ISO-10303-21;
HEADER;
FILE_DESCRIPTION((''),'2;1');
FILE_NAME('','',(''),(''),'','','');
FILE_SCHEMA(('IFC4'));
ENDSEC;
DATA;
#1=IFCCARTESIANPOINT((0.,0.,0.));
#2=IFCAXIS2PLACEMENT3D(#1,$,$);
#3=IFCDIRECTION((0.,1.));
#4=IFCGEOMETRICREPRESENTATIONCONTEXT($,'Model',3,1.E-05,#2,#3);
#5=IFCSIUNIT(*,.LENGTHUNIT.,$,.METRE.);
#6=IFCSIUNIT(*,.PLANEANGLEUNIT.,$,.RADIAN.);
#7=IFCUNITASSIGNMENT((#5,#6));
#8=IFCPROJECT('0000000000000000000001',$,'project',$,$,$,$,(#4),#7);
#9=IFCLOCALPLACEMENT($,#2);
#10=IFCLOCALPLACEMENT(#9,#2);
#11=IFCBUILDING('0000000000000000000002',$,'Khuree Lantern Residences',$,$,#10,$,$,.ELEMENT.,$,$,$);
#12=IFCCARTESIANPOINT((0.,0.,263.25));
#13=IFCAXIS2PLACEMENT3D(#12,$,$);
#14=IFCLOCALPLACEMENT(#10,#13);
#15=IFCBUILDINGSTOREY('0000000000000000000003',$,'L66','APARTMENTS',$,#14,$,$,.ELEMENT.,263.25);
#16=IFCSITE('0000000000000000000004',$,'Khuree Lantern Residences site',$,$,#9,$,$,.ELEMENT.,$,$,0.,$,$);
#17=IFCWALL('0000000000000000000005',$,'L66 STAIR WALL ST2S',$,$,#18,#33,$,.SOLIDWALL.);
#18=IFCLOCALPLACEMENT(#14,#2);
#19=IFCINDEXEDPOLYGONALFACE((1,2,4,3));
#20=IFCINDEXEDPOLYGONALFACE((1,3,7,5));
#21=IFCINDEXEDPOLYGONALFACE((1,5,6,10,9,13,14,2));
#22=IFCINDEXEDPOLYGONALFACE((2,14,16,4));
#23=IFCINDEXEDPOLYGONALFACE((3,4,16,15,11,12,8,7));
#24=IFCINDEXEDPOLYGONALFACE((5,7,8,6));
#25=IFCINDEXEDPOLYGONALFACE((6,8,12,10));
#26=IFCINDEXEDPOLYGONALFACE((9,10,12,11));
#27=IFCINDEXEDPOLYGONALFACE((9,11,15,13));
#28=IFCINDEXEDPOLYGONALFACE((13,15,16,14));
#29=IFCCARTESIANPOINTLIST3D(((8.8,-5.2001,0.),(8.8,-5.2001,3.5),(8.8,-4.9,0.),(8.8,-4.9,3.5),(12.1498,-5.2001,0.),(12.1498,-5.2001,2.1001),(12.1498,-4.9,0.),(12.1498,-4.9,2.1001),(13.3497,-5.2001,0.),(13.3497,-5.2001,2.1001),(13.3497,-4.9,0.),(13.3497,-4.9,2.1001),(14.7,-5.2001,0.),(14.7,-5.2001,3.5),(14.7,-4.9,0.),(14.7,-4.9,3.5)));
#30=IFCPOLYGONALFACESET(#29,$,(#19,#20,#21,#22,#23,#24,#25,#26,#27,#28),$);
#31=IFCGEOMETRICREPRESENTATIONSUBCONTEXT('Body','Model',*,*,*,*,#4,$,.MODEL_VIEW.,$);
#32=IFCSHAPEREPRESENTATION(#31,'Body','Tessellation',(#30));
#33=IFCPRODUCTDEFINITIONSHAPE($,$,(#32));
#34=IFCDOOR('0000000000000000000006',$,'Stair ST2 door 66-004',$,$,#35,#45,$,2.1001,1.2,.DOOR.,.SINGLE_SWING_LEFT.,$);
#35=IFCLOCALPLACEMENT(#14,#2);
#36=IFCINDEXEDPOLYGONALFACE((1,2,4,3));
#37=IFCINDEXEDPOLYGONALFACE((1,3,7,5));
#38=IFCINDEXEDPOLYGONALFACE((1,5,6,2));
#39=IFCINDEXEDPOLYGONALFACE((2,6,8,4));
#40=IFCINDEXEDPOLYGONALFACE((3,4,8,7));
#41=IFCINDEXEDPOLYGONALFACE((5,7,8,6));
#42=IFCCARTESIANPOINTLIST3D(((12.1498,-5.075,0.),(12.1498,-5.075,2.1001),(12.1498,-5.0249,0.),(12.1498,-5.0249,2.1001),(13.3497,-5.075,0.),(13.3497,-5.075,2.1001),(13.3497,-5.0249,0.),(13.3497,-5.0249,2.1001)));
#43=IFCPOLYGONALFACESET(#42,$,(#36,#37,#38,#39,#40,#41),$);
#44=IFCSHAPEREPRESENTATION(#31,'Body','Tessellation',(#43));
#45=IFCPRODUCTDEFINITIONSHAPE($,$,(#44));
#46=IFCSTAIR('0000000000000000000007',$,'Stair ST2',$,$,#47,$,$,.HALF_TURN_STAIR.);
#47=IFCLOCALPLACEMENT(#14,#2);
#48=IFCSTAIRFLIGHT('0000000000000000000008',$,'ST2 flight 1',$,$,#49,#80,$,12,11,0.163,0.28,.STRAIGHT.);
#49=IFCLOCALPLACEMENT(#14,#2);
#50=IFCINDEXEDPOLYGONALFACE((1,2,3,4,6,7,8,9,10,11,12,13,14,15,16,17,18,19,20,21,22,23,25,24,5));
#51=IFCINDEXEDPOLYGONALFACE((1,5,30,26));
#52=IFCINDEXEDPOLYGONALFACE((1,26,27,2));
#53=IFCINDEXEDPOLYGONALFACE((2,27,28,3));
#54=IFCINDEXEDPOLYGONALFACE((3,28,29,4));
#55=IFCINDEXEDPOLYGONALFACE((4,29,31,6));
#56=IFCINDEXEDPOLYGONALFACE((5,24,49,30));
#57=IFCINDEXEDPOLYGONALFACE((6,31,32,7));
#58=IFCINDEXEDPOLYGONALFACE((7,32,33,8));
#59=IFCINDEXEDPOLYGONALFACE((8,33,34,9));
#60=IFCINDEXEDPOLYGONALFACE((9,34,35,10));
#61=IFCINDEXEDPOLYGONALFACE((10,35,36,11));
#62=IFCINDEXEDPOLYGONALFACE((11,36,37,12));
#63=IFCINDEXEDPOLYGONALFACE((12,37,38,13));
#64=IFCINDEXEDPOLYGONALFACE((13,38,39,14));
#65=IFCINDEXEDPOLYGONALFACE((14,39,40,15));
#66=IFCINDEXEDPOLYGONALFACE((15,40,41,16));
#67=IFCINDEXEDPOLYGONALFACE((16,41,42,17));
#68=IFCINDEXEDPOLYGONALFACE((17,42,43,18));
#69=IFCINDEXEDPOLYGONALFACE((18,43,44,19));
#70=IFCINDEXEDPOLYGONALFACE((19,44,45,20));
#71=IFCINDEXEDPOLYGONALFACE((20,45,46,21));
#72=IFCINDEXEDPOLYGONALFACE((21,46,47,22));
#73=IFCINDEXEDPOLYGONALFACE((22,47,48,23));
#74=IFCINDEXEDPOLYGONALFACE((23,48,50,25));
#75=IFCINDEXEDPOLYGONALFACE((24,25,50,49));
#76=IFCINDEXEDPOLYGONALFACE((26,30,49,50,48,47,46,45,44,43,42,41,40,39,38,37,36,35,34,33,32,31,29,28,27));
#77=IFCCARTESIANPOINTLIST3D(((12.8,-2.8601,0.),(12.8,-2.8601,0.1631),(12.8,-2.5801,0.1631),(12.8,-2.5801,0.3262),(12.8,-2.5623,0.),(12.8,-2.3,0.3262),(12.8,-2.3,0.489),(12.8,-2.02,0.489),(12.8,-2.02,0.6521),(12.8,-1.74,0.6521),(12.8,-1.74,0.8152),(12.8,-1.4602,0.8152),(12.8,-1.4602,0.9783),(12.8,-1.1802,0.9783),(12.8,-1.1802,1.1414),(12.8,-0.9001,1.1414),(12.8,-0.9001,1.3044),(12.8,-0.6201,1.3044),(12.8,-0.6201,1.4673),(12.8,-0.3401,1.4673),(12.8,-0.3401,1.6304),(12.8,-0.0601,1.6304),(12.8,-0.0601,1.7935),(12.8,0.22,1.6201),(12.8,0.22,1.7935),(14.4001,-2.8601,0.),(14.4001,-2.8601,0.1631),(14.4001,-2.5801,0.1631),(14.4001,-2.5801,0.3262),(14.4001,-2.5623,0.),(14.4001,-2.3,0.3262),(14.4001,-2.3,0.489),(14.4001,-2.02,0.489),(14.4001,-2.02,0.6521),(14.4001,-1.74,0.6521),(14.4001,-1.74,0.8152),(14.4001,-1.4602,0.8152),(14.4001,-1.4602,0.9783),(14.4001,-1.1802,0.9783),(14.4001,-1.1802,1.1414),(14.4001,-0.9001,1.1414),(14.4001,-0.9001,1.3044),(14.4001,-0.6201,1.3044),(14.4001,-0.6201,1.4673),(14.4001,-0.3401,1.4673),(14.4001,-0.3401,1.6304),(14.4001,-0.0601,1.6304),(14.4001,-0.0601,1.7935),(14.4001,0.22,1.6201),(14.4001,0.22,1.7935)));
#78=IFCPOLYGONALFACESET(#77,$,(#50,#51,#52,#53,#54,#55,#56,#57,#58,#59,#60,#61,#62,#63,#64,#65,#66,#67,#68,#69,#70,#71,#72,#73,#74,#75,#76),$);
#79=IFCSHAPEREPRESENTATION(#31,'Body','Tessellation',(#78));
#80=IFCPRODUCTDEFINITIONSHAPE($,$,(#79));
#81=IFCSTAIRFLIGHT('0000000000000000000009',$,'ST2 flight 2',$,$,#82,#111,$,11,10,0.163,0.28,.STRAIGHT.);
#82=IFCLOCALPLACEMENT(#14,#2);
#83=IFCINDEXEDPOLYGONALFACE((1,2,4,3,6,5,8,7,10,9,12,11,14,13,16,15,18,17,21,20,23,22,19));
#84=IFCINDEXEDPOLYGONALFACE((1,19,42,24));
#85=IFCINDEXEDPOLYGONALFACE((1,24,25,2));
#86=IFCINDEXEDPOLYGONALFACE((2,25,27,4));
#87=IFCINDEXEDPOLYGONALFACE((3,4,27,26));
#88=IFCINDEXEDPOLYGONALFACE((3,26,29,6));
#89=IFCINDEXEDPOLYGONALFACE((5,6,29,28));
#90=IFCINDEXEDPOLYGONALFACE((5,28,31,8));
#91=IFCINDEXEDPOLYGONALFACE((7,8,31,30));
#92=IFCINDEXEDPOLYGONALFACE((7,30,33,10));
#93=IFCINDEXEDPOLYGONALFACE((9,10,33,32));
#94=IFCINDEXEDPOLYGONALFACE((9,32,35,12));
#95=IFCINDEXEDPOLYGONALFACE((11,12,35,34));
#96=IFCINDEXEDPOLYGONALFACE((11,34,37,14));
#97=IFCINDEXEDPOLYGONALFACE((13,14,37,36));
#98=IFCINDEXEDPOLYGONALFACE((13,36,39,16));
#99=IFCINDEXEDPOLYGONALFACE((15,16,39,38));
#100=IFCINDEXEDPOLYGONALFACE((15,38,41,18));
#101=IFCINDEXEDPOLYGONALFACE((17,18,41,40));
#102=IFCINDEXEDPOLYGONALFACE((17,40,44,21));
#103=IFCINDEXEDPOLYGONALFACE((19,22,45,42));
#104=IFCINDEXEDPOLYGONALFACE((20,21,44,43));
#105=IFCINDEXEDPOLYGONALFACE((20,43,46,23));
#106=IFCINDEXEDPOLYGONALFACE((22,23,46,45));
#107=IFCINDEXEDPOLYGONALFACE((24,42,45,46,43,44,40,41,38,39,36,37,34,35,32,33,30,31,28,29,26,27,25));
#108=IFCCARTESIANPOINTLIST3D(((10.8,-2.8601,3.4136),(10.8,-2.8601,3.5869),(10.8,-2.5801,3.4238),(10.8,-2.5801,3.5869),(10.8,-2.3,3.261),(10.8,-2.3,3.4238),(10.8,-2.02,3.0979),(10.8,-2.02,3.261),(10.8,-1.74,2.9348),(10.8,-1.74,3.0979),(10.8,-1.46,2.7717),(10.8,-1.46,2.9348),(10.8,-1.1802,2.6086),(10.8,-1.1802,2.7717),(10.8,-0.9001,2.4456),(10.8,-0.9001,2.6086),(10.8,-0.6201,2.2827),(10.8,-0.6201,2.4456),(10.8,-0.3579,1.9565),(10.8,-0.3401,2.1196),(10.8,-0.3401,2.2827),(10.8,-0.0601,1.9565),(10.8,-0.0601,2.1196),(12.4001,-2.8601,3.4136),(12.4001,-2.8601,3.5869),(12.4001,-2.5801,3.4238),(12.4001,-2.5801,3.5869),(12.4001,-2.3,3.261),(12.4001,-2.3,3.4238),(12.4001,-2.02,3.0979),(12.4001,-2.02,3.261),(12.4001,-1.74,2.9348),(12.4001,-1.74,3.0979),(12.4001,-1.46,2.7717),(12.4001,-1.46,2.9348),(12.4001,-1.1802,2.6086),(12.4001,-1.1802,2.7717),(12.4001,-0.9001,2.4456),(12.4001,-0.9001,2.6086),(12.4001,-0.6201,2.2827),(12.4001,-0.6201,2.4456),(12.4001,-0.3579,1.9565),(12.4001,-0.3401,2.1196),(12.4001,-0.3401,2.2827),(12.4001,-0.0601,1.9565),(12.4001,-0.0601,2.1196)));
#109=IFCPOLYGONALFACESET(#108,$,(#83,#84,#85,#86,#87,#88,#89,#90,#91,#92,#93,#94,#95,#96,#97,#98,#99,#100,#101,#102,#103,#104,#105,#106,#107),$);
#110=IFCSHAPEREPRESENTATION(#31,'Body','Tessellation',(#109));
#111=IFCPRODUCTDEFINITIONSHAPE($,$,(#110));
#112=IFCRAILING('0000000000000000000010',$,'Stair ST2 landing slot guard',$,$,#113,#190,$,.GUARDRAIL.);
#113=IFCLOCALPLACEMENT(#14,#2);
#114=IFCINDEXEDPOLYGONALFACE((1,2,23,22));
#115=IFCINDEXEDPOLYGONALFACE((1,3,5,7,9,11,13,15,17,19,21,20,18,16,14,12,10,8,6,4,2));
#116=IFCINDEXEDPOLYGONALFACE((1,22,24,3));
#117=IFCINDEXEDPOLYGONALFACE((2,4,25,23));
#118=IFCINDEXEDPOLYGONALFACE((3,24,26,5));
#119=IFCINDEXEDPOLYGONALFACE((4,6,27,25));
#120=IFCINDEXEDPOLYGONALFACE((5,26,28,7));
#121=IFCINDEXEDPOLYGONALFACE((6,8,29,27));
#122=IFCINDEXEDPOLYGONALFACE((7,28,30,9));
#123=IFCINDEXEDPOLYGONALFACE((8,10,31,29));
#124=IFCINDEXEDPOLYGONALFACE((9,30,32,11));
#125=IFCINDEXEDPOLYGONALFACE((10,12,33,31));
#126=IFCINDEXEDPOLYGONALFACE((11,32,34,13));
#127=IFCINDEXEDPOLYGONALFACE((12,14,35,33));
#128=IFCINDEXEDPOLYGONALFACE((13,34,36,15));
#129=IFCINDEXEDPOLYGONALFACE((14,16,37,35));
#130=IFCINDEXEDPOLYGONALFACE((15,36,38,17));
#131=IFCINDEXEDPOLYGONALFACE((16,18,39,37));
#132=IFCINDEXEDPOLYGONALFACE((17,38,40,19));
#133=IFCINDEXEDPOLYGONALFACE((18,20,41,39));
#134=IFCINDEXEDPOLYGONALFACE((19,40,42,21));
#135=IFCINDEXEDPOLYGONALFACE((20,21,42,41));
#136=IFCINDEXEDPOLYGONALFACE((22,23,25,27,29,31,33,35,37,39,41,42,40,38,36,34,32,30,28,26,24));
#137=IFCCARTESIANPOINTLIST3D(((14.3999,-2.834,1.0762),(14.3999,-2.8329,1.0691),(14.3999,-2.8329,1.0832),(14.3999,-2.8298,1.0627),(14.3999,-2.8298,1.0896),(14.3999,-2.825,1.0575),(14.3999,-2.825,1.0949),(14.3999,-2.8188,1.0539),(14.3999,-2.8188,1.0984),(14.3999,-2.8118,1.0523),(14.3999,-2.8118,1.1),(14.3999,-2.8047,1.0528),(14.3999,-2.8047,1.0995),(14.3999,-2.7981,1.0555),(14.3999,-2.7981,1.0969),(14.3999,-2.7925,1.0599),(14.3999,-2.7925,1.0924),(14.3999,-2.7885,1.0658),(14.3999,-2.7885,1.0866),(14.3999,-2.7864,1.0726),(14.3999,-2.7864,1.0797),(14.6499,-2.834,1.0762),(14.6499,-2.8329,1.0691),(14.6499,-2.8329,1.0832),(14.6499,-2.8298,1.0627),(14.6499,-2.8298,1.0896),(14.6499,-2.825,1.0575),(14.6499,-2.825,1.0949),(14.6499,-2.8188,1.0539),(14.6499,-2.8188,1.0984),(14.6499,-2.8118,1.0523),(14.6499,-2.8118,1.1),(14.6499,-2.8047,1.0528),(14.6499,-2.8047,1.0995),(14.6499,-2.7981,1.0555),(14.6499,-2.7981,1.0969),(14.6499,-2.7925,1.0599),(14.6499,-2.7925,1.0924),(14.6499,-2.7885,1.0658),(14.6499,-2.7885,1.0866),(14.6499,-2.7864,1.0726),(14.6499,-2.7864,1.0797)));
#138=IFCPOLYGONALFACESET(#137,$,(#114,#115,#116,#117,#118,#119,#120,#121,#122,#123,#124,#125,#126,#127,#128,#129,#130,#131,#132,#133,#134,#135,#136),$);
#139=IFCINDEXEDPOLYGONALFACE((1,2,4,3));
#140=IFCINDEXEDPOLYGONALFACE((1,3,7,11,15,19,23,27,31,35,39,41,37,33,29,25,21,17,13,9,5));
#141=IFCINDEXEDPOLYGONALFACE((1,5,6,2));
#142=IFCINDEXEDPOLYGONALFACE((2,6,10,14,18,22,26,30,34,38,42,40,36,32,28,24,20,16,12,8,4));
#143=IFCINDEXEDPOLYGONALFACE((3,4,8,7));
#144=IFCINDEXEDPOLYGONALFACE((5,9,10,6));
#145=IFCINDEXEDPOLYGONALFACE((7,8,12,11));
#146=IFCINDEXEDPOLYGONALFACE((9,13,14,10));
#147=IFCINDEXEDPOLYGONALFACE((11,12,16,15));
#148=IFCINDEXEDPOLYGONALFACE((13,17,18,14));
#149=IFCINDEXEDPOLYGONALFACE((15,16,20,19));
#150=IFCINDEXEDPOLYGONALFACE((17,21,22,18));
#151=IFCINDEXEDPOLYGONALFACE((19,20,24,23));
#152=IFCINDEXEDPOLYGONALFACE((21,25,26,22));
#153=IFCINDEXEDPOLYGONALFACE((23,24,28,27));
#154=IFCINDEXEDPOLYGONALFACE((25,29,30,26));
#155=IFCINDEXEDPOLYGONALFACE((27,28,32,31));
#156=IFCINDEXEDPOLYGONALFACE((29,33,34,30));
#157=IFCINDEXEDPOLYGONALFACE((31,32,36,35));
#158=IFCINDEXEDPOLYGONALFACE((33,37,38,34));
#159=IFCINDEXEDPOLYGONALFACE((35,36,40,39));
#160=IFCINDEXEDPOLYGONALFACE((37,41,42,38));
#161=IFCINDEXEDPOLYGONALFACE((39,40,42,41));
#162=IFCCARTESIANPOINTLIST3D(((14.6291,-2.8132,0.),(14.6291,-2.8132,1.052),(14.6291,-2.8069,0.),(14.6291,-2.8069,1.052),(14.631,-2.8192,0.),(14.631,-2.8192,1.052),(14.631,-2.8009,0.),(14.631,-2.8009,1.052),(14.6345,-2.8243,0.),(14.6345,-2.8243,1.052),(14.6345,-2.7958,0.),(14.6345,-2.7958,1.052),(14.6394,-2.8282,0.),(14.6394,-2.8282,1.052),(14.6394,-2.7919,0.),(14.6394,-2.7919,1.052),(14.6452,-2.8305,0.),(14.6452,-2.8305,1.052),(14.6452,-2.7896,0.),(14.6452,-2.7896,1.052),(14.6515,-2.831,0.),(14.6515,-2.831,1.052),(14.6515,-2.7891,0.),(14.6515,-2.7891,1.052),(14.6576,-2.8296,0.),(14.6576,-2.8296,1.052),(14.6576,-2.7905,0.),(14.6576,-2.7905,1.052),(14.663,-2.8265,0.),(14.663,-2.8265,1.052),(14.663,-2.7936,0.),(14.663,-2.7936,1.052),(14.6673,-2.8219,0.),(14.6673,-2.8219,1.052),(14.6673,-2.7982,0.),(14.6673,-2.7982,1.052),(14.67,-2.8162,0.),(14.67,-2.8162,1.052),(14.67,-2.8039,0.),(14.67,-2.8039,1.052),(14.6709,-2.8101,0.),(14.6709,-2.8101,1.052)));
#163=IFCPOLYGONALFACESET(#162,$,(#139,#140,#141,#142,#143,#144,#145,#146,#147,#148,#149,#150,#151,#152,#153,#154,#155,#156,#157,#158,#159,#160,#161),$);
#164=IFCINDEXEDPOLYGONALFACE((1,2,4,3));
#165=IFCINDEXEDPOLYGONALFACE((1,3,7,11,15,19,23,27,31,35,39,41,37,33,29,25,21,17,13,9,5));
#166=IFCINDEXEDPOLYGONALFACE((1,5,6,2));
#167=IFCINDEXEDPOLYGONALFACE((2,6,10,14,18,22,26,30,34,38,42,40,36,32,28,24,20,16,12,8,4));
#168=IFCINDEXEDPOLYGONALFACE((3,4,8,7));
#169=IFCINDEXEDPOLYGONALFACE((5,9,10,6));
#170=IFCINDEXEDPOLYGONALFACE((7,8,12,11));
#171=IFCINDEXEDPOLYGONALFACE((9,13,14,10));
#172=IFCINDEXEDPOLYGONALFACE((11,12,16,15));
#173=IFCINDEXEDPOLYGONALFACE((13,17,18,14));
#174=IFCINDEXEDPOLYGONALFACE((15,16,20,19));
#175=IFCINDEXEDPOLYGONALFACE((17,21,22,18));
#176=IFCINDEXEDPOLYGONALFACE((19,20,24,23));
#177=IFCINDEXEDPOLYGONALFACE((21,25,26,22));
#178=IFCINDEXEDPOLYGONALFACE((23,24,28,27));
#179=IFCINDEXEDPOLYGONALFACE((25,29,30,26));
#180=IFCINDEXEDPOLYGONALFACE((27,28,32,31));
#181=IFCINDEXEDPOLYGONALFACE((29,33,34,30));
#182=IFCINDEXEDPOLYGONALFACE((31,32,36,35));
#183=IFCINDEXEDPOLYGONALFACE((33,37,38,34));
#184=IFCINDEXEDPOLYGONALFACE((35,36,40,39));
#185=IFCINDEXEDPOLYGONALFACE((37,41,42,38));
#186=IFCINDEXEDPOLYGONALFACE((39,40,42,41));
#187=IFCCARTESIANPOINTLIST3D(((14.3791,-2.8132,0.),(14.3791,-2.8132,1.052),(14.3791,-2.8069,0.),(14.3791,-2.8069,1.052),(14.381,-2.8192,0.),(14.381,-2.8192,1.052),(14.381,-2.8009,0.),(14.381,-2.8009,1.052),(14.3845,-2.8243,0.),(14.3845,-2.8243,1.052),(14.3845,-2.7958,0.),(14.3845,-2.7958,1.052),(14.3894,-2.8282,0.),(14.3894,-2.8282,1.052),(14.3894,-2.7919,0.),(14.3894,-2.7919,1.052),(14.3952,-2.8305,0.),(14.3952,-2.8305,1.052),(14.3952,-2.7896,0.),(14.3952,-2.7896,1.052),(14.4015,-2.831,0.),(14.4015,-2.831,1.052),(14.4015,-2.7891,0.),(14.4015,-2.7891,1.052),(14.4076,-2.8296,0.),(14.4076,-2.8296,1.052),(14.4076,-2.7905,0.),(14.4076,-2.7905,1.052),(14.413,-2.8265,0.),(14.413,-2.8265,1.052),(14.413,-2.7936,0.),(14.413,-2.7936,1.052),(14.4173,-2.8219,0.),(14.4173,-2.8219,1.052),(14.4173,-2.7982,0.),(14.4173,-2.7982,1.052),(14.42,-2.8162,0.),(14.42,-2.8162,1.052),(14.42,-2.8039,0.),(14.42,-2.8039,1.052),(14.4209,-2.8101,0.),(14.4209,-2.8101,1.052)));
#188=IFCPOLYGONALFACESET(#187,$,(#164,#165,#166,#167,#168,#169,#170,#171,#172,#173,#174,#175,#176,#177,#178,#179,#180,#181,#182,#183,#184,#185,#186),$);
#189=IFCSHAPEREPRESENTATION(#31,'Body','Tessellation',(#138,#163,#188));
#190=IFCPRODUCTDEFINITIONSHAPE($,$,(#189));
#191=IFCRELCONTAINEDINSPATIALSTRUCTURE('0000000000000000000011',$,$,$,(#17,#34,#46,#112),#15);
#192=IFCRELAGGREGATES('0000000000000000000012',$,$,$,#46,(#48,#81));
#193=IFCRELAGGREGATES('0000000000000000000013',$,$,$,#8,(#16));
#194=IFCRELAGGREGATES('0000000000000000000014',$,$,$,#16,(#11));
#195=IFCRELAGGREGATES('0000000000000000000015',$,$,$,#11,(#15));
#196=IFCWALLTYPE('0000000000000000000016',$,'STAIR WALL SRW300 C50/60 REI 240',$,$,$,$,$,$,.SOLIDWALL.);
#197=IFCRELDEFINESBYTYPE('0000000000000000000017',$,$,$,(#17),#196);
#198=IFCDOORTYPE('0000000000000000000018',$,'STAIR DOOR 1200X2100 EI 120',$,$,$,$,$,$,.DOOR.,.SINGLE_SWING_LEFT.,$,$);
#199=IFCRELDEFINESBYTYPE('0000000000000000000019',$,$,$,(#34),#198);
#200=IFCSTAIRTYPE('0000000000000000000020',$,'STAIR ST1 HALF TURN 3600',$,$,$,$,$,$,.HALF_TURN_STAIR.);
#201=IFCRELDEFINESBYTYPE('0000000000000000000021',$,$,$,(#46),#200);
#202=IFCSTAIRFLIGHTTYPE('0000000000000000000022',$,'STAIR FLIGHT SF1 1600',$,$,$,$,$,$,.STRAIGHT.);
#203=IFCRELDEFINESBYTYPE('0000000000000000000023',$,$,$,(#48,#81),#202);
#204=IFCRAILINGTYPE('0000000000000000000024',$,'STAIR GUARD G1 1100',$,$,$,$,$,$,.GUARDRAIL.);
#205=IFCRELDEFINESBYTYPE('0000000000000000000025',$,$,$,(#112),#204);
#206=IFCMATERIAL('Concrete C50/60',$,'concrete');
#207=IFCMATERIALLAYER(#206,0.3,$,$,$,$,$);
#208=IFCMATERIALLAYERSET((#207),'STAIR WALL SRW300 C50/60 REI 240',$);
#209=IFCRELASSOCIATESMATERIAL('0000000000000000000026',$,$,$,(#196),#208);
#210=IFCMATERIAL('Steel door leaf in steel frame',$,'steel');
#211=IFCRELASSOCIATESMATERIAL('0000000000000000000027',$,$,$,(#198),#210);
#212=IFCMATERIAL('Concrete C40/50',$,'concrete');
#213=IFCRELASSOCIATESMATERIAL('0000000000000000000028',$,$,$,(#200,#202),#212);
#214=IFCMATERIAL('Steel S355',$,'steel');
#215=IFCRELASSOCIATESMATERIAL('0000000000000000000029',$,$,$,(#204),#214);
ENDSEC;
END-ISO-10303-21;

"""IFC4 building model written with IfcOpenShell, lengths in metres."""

from ifc_helpers import new_model, si_unit, direction, frame, frame_2d, origin, origin_2d, place, context, subcontext, project, spatial, polyline, rectangle, circle, outline, extrude, material, layer, layer_set, type_object, element, fill, aggregate, save


model = new_model("IFC4")

# Units and contexts
model_context = context("Model", 3, precision=1e-05, world=origin(), true_north=direction((0.0, 1.0)))
body_context = subcontext(model_context, "Body", "Model", "MODEL_VIEW")
ifc_project = project(units=[si_unit("LENGTHUNIT", "METRE"), si_unit("PLANEANGLEUNIT", "RADIAN")], contexts=[model_context])

# Site, building, storey
site_placement = place(None, origin())
site = spatial("IfcSite", under=ifc_project, at=site_placement, Name="Khuree Lantern Residences site", CompositionType="ELEMENT", RefElevation=0.0)
building_placement = place(site_placement, origin())
building = spatial("IfcBuilding", under=site, at=building_placement, Name="Khuree Lantern Residences", CompositionType="ELEMENT")
storey_placement = place(building_placement, frame((0.0, 0.0, 263.25)))
storey = spatial("IfcBuildingStorey", under=building, at=storey_placement, Name="L66", Description="APARTMENTS", CompositionType="ELEMENT", Elevation=263.25)

# Shared definitions
ifc_material_1 = material(Name="Concrete C50/60", Category="concrete")

# Shared definitions
ifc_material_2 = material(Name="Steel door leaf in steel frame", Category="steel")

# Shared definitions
ifc_layer_1 = layer(ifc_material_1, 0.3)
ifc_layer_set_1 = layer_set([ifc_layer_1], Name="STAIR WALL SRW300 C50/60 REI 240")
wall_type_1 = type_object("IfcWallType", Name="STAIR WALL SRW300 C50/60 REI 240", PredefinedType="SOLIDWALL", material=ifc_layer_set_1)

# Wall, opening, door
wall_1_placement = place(storey_placement, frame((14.7, -5.05, 0.0), z_axis=(0.0, 0.0, 1.0), x_axis=(-1.0, 0.0, 0.0)))
wall_1 = element("IfcWall", 1, at=wall_1_placement, inside=storey, type_object=wall_type_1, Name="L66 STAIR WALL ST2S", PredefinedType="SOLIDWALL", context=body_context, shape_type="SweptSolid", body=[
    extrude(rectangle(XDim=5.8999, YDim=0.3, at=frame_2d((2.95, 0.0))), origin(), (0.0, 0.0, 1.0), 3.5),
])
opening_1_placement = place(wall_1_placement, frame((1.3501, 0.0, 0.0)))
opening_1 = element("IfcOpeningElement", 2, at=opening_1_placement, cuts=wall_1, PredefinedType="OPENING", context=body_context, shape_type="SweptSolid", body=[
    extrude(rectangle(XDim=1.2, YDim=2.1001, at=frame_2d((0.6001, 1.05))), frame((0.0, 0.1602, 0.0), z_axis=(0.0, -1.0, 0.0), x_axis=(1.0, 0.0, 0.0)), (0.0, 0.0, 1.0), 0.3201),
])
door_type_1 = type_object("IfcDoorType", Name="STAIR DOOR 1200X2100 EI 120", OperationType="SINGLE_SWING_LEFT", PredefinedType="DOOR", material=ifc_material_2)
door_1_placement = place(opening_1_placement, origin())
door_1 = element("IfcDoor", 3, at=door_1_placement, inside=storey, type_object=door_type_1, Name="Stair ST2 door 66-004", OperationType="SINGLE_SWING_LEFT", OverallHeight=2.1001, OverallWidth=1.2, PredefinedType="DOOR", context=body_context, shape_type="SweptSolid", body=[
    extrude(rectangle(XDim=1.2, YDim=2.1001, at=frame_2d((0.6001, 1.05))), frame((0.0, 0.0249, 0.0), z_axis=(0.0, -1.0, 0.0), x_axis=(1.0, 0.0, 0.0)), (0.0, 0.0, 1.0), 0.05),
])
fill(opening_1, door_1)

# Stair, stair flights
ifc_material_3 = material(Name="Concrete C40/50", Category="concrete")
stair_type = type_object("IfcStairType", Name="STAIR ST1 HALF TURN 3600", PredefinedType="HALF_TURN_STAIR", material=ifc_material_3)
stair_placement = place(storey_placement, origin())
stair = element("IfcStair", 4, at=stair_placement, inside=storey, type_object=stair_type, Name="Stair ST2", PredefinedType="HALF_TURN_STAIR")
stair_flight_type = type_object("IfcStairFlightType", Name="STAIR FLIGHT SF1 1600", PredefinedType="STRAIGHT", material=ifc_material_3)
stair_flight_1_placement = place(storey_placement, frame((13.6001, -2.8601, 0.0), z_axis=(0.0, 0.0, 1.0), x_axis=(0.0, 1.0, 0.0)))
stair_flight_1 = element("IfcStairFlight", 5, at=stair_flight_1_placement, type_object=stair_flight_type, Name="ST2 flight 1", NumberOfRisers=12, NumberOfTreads=11, PredefinedType="STRAIGHT", RiserHeight=0.163, TreadLength=0.28, context=body_context, shape_type="SweptSolid", body=[
    extrude(outline(polyline([(0.0, 0.0), (0.0, 0.1631), (0.28, 0.1631), (0.28, 0.3262), (0.5601, 0.3262), (0.5601, 0.489), (0.8401, 0.489), (0.8401, 0.6521), (1.1201, 0.6521), (1.1201, 0.8152), (1.3999, 0.8152), (1.3999, 0.9783), (1.6799, 0.9783), (1.6799, 1.1414), (1.96, 1.1414), (1.96, 1.3044), (2.24, 1.3044), (2.24, 1.4673), (2.52, 1.4673), (2.52, 1.6304), (2.8, 1.6304), (2.8, 1.7935), (3.0801, 1.7935), (3.0801, 1.9565), (3.0801, 1.6201), (0.2979, 0.0), (0.0, 0.0)])), frame((0.0, 0.8, 0.0), z_axis=(0.0, -1.0, 0.0), x_axis=(1.0, 0.0, 0.0)), (0.0, 0.0, 1.0), 1.6001),
])
stair_flight_2_placement = place(storey_placement, frame((11.6001, -0.0601, 1.9565), z_axis=(0.0, 0.0, 1.0), x_axis=(0.0, -1.0, 0.0)))
stair_flight_2 = element("IfcStairFlight", 6, at=stair_flight_2_placement, type_object=stair_flight_type, Name="ST2 flight 2", NumberOfRisers=11, NumberOfTreads=10, PredefinedType="STRAIGHT", RiserHeight=0.163, TreadLength=0.28, context=body_context, shape_type="SweptSolid", body=[
    extrude(outline(polyline([(0.0, 0.0), (0.0, 0.1631), (0.28, 0.1631), (0.28, 0.3262), (0.5601, 0.3262), (0.5601, 0.489), (0.8401, 0.489), (0.8401, 0.6521), (1.1201, 0.6521), (1.1201, 0.8152), (1.3999, 0.8152), (1.3999, 0.9783), (1.6799, 0.9783), (1.6799, 1.1414), (1.96, 1.1414), (1.96, 1.3044), (2.24, 1.3044), (2.24, 1.4673), (2.52, 1.4673), (2.52, 1.6304), (2.8, 1.6304), (2.8, 1.7935), (2.8, 1.457), (0.2979, 0.0), (0.0, 0.0)])), frame((0.0, 0.8, 0.0), z_axis=(0.0, -1.0, 0.0), x_axis=(1.0, 0.0, 0.0)), (0.0, 0.0, 1.0), 1.6001),
])
aggregate(stair, [stair_flight_1, stair_flight_2])

# Railing
ifc_material_4 = material(Name="Steel S355", Category="steel")
railing_type_1 = type_object("IfcRailingType", Name="STAIR GUARD G1 1100", PredefinedType="GUARDRAIL", material=ifc_material_4)
railing_1_placement = place(storey_placement, frame((14.6499, -2.8101, 0.0)))
element("IfcRailing", 7, at=railing_1_placement, inside=storey, type_object=railing_type_1, Name="Stair ST2 landing slot guard", PredefinedType="GUARDRAIL", context=body_context, shape_type="SweptSolid", body=[
    extrude(circle(Radius=0.0239, at=origin_2d()), frame((0.0, 0.0, 1.0762), z_axis=(-1.0, 0.0, 0.0), x_axis=(0.0, -1.0, 0.0)), (0.0, 0.0, 1.0), 0.25),
    extrude(circle(Radius=0.021, at=origin_2d()), origin(), (0.0, 0.0, 1.0), 1.052),
    extrude(circle(Radius=0.021, at=origin_2d()), frame((-0.25, 0.0, 0.0)), (0.0, 0.0, 1.0), 1.052),
])

save(model, "model.ifc")
